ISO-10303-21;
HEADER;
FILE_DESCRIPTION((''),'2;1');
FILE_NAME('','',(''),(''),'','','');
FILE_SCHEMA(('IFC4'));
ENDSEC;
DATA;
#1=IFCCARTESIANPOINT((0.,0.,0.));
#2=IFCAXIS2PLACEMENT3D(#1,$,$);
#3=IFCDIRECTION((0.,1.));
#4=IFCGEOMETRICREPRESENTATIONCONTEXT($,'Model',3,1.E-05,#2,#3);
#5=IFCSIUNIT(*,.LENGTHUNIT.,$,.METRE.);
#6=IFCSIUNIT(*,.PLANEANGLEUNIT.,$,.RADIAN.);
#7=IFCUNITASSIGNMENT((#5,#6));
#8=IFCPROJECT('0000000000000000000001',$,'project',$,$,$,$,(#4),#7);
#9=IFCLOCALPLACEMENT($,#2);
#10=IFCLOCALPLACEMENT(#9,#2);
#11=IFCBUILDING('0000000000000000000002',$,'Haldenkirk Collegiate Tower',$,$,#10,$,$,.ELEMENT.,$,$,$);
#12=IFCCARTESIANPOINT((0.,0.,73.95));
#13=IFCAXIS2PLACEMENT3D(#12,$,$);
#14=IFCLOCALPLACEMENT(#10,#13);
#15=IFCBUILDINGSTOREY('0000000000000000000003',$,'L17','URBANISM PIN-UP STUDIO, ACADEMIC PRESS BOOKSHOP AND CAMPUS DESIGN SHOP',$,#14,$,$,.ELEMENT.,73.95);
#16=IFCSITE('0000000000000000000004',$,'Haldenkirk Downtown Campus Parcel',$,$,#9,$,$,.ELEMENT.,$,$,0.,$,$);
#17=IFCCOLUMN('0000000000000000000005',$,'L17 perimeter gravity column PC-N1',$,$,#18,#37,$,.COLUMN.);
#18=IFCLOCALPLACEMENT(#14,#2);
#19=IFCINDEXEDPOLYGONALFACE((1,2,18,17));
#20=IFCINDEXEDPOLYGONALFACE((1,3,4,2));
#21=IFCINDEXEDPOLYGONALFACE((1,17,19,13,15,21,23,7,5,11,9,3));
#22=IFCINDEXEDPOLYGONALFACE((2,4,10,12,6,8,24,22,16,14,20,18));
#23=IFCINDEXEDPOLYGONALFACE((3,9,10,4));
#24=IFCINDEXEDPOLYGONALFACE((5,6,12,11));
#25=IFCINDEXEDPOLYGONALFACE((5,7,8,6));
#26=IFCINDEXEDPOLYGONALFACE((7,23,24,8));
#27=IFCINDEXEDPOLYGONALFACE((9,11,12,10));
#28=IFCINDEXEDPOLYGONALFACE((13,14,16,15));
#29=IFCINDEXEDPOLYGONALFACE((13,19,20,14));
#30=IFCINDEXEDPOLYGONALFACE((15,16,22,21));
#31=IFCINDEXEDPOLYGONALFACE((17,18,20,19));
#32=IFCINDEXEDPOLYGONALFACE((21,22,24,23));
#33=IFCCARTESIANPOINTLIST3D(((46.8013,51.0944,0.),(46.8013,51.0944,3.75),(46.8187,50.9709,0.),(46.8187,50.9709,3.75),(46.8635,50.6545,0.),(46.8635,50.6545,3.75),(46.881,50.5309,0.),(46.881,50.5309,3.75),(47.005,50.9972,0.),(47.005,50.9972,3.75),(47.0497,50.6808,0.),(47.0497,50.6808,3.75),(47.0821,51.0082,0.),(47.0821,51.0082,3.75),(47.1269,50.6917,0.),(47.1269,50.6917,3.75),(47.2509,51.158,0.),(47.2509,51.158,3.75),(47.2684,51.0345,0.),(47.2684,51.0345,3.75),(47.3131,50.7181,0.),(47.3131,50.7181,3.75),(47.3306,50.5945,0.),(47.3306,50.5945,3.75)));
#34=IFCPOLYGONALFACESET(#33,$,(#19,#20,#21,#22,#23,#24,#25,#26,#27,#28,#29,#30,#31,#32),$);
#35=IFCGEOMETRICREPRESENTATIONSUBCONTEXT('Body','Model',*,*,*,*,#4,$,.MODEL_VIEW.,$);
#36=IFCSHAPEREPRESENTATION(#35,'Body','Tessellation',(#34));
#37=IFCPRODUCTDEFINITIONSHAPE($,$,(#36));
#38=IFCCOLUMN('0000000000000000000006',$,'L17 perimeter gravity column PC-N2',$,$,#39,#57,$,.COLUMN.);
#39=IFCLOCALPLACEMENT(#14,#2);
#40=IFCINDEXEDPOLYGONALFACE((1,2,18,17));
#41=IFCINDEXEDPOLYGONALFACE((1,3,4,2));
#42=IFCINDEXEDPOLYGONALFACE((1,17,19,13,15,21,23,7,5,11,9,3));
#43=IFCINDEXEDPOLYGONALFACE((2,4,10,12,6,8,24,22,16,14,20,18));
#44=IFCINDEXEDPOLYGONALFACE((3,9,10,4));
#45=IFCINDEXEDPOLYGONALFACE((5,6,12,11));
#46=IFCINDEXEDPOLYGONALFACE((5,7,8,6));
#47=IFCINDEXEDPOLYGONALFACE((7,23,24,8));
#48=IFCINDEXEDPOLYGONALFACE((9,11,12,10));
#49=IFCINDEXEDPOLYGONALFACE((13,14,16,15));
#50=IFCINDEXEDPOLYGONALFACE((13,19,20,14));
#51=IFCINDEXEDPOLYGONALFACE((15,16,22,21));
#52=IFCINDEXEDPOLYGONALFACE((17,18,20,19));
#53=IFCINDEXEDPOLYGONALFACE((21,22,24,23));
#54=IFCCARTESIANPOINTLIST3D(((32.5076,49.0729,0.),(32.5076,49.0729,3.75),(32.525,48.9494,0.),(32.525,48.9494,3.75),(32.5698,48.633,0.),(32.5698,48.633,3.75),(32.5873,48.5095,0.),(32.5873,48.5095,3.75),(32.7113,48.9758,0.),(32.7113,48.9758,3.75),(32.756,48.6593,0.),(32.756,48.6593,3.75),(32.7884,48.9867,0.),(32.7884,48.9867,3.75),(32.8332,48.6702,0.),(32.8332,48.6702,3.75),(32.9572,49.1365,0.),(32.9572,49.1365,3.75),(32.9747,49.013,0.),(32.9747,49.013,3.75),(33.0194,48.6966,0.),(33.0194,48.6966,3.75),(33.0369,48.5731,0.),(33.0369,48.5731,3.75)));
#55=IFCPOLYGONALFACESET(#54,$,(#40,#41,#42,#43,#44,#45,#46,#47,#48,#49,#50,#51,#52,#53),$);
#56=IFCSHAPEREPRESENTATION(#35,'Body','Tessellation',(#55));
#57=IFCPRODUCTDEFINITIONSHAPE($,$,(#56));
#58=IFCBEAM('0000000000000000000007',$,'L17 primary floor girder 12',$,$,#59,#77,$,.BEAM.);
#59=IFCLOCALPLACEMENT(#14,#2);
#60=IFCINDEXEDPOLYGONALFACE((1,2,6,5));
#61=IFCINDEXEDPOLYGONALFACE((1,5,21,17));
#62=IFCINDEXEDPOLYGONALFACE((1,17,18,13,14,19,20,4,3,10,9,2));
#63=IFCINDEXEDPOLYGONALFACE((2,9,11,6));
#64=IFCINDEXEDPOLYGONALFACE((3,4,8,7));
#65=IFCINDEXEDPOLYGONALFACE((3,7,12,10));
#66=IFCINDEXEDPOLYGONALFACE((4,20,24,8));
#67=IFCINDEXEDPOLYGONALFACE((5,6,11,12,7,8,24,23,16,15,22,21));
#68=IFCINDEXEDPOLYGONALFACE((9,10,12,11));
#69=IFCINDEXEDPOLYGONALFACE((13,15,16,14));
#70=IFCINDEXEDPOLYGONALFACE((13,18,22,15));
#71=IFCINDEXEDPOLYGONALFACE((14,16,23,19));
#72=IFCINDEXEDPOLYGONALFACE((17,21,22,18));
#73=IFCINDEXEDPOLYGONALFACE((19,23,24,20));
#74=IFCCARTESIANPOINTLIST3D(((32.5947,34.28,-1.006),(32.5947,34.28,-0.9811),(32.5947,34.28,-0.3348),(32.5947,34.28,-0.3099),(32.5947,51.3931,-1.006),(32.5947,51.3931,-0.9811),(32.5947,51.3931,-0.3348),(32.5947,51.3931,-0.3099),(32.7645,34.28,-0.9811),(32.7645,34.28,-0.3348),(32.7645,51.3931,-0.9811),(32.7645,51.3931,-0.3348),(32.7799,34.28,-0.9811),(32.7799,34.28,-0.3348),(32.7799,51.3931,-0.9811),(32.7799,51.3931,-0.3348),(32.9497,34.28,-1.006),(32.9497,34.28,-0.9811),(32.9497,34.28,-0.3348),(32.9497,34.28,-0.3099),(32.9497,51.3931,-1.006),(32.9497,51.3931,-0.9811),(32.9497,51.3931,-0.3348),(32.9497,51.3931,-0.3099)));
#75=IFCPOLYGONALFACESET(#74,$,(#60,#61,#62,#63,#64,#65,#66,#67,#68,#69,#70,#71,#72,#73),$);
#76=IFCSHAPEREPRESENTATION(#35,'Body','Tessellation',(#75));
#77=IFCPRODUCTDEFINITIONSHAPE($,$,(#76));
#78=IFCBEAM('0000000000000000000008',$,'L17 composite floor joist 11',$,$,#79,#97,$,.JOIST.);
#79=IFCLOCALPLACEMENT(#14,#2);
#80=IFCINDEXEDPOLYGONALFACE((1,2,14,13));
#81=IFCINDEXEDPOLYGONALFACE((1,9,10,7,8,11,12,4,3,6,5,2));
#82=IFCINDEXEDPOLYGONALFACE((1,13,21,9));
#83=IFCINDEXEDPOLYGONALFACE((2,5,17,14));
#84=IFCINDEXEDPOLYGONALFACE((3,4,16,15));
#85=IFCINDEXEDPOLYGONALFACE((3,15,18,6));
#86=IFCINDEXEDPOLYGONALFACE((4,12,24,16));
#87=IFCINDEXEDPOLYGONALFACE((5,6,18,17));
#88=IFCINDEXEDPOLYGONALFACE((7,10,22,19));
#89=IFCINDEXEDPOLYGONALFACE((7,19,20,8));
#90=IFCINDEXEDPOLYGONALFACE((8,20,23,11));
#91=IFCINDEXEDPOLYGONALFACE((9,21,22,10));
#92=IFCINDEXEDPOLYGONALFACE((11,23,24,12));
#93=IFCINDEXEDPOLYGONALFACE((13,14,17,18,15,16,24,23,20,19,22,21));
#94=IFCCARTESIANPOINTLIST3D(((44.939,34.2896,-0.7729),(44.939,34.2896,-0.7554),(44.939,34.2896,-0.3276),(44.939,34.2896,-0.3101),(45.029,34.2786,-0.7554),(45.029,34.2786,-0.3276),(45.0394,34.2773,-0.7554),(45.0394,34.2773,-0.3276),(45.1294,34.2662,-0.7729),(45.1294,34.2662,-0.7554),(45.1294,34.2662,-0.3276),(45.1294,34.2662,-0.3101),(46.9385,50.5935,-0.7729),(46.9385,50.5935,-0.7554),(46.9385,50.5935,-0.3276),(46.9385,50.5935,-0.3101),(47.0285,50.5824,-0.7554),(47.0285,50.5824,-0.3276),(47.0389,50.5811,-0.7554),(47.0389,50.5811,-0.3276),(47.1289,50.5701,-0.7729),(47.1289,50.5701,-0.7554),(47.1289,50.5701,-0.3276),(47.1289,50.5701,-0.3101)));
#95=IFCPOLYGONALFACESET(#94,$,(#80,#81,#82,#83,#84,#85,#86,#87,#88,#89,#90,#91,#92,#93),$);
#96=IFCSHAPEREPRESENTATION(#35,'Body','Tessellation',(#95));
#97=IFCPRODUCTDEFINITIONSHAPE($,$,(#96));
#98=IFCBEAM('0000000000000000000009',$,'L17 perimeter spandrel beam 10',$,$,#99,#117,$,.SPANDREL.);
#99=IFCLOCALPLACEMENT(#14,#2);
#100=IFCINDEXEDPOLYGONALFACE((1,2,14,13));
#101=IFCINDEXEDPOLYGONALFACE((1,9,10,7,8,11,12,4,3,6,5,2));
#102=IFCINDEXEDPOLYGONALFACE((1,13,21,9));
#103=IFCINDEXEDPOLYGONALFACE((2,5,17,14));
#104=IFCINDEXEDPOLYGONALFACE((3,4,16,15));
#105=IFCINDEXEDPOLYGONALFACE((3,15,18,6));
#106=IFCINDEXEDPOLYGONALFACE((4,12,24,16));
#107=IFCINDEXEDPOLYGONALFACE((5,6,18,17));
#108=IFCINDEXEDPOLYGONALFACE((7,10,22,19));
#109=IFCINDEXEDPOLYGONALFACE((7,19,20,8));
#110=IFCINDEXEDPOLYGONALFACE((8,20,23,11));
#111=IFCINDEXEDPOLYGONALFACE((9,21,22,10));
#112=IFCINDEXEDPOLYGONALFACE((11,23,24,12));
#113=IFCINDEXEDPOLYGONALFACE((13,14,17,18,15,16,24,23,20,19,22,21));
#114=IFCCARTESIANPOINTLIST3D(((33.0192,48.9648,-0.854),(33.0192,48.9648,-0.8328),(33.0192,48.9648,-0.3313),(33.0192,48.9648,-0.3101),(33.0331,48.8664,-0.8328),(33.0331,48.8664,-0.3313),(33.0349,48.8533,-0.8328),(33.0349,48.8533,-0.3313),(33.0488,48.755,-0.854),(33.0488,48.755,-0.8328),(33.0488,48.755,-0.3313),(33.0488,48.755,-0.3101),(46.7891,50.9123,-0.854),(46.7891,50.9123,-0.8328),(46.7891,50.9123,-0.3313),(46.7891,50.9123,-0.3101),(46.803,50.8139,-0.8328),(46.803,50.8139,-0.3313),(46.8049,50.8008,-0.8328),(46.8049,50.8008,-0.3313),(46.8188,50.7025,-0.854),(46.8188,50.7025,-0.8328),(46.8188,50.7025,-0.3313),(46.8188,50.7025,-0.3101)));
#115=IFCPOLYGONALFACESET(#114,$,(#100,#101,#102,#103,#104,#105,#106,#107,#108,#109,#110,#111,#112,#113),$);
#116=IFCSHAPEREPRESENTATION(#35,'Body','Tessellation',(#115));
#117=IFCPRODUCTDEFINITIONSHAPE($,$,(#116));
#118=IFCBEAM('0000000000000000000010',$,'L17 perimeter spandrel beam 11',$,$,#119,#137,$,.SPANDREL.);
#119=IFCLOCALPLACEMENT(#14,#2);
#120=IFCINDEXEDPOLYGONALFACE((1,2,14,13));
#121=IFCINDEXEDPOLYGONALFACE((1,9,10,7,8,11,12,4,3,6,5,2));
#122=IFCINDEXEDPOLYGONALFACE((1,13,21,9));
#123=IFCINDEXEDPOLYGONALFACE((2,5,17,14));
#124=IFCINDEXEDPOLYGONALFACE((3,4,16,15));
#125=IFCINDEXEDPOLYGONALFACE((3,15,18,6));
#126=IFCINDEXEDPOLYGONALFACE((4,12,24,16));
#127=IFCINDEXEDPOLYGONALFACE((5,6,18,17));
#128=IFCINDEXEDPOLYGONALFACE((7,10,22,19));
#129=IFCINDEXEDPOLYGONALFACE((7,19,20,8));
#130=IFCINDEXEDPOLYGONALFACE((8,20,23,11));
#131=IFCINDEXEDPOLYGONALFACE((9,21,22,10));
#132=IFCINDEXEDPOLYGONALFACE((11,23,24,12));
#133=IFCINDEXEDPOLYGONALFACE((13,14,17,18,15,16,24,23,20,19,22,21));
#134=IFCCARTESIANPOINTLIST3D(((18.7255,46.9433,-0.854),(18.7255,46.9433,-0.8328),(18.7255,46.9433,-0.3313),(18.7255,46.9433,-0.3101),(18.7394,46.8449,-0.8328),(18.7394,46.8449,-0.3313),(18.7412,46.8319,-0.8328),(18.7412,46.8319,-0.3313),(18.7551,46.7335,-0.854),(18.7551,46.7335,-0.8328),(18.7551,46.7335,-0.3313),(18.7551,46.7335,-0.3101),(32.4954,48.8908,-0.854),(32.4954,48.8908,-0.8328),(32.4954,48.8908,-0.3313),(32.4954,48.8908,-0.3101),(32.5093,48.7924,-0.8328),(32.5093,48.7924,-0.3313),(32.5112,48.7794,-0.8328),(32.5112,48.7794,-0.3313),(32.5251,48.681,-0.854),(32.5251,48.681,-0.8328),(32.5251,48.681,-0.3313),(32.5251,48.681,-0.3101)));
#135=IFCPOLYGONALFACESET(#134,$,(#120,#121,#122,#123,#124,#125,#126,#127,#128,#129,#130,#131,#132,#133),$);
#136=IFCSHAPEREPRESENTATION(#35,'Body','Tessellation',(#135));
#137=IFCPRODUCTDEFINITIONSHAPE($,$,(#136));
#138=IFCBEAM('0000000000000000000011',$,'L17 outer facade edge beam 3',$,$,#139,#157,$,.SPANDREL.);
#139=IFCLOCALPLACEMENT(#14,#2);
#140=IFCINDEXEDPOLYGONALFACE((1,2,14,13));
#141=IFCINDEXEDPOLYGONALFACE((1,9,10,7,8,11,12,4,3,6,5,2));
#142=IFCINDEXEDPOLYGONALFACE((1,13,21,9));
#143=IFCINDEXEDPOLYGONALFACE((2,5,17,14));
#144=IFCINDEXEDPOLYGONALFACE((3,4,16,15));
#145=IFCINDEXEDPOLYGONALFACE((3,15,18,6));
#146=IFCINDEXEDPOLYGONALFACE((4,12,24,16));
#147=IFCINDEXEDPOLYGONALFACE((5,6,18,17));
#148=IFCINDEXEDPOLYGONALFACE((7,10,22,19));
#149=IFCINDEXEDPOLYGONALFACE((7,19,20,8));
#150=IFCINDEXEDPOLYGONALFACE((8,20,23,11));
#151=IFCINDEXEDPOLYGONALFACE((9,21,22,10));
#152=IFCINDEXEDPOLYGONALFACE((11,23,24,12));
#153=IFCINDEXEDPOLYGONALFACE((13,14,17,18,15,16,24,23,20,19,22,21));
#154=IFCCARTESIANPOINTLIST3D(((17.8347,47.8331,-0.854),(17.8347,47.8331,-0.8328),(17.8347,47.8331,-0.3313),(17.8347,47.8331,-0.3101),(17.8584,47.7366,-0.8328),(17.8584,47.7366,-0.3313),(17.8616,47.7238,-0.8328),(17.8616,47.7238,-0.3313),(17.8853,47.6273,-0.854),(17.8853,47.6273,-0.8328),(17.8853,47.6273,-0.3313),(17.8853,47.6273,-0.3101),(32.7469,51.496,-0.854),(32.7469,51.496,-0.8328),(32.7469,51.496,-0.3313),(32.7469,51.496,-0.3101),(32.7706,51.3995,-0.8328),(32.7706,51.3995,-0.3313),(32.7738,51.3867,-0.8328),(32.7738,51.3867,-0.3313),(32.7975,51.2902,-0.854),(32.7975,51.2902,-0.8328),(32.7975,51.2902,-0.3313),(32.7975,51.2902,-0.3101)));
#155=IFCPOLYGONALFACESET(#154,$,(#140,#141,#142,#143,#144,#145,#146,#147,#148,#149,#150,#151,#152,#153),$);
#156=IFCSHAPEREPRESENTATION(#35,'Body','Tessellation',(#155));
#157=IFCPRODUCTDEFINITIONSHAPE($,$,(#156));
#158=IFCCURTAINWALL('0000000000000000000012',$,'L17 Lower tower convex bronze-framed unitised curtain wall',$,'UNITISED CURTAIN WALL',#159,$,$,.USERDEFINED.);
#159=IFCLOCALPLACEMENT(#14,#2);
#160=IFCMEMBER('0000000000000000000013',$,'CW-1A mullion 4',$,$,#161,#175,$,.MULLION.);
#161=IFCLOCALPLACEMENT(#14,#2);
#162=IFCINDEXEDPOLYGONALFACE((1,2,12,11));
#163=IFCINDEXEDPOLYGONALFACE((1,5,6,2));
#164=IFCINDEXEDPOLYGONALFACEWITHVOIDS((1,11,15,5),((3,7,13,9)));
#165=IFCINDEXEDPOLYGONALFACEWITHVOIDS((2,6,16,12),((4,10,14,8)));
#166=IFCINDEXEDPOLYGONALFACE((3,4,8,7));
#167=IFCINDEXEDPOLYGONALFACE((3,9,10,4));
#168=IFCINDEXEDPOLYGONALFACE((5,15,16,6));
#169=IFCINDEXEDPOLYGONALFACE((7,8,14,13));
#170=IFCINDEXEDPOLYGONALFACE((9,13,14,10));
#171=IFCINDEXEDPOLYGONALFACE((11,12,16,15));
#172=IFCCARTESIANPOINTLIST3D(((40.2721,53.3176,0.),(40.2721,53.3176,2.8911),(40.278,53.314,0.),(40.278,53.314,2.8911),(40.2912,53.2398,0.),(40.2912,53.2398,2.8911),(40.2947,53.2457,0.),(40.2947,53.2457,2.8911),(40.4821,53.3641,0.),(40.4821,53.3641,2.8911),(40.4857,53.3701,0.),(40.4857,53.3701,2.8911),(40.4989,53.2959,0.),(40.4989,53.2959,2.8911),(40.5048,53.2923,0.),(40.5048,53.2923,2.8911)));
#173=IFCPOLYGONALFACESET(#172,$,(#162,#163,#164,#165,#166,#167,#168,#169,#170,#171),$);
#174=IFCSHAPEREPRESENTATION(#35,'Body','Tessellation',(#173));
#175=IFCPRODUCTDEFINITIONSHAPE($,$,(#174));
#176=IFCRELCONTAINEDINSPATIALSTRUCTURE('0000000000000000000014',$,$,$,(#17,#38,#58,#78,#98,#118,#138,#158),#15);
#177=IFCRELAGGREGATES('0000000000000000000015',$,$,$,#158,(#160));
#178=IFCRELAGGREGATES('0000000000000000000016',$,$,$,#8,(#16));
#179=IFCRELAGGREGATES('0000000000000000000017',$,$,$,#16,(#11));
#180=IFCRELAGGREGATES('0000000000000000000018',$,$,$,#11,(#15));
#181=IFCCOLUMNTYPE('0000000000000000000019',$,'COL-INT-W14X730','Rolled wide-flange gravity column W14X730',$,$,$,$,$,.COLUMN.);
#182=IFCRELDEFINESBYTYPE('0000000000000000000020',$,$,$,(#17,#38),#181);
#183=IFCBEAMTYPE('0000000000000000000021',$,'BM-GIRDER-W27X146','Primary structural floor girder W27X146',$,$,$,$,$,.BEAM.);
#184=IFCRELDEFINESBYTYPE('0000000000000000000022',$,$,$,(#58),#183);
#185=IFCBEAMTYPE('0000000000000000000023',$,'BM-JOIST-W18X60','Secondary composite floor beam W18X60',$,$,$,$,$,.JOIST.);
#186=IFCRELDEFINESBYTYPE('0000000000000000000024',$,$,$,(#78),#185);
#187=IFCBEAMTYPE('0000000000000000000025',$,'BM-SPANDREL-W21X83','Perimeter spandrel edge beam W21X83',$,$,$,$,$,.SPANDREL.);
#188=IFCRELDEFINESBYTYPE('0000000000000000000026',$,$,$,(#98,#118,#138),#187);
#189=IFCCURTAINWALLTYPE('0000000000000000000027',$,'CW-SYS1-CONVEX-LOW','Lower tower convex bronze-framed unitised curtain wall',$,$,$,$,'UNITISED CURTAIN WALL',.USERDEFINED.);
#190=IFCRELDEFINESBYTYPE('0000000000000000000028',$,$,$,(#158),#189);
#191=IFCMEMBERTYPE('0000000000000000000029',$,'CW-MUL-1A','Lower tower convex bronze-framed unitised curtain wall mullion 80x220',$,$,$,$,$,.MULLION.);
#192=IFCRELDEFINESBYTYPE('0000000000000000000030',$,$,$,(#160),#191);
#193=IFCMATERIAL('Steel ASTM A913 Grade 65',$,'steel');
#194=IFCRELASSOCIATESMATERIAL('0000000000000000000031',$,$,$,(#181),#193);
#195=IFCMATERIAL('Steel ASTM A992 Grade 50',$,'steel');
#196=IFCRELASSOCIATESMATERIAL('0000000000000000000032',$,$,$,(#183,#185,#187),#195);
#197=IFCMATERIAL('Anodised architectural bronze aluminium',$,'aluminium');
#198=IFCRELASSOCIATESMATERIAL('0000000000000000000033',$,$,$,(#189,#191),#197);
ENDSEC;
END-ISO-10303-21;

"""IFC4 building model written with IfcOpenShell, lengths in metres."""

from ifc_helpers import new_model, si_unit, direction, frame, origin, origin_2d, place, context, subcontext, project, spatial, hollow_rectangle, i_section, extrude, material, material_profile, profile_set, type_object, element, aggregate, save


model = new_model("IFC4")

# Units and contexts
model_context = context("Model", 3, precision=1e-05, world=origin(), true_north=direction((0.0, 1.0)))
body_context = subcontext(model_context, "Body", "Model", "MODEL_VIEW")
ifc_project = project(units=[si_unit("LENGTHUNIT", "METRE"), si_unit("PLANEANGLEUNIT", "RADIAN")], contexts=[model_context])

# Site, building, storey
site_placement = place(None, origin())
site = spatial("IfcSite", under=ifc_project, at=site_placement, Name="Haldenkirk Downtown Campus Parcel", CompositionType="ELEMENT", RefElevation=0.0)
building_placement = place(site_placement, origin())
building = spatial("IfcBuilding", under=site, at=building_placement, Name="Haldenkirk Collegiate Tower", CompositionType="ELEMENT")
storey_placement = place(building_placement, frame((0.0, 0.0, 73.95)))
storey = spatial("IfcBuildingStorey", under=building, at=storey_placement, Name="L17", Description="URBANISM PIN-UP STUDIO, ACADEMIC PRESS BOOKSHOP AND CAMPUS DESIGN SHOP", CompositionType="ELEMENT", Elevation=73.95)

# Columns
ifc_material_1 = material(Name="Steel ASTM A913 Grade 65", Category="steel")
ifc_material_profile_1 = material_profile(ifc_material_1, i_section(OverallWidth=0.4541, OverallDepth=0.5691, WebThickness=0.0779, FlangeThickness=0.1248, at=origin_2d()), Name="W14X730")
ifc_profile_set_1 = profile_set([ifc_material_profile_1], Name="Steel ASTM A913 Grade 65")
column_type = type_object("IfcColumnType", Name="COL-INT-W14X730", Description="Rolled wide-flange gravity column W14X730", PredefinedType="COLUMN", material=ifc_profile_set_1)
for number, where, z_axis, x_axis, name in (
    (1, (47.0659, 50.8445, 0.0), (0.0, 0.0, 1.0), (0.990146, 0.140037, 0.0), "L17 perimeter gravity column PC-N1"),
    (2, (32.7722, 48.823, 0.0), (0.0, 0.0, 1.0), (0.990146, 0.140037, 0.0), "L17 perimeter gravity column PC-N2"),
):
    element("IfcColumn", number, at=place(storey_placement, frame(where, z_axis=z_axis, x_axis=x_axis)), inside=storey, type_object=column_type, Name=name, PredefinedType="COLUMN", context=body_context, shape_type="SweptSolid", body=[
        extrude(i_section(OverallWidth=0.4541, OverallDepth=0.5691, WebThickness=0.0779, FlangeThickness=0.1248, at=origin_2d()), origin(), (0.0, 0.0, 1.0), 3.75),
    ])

# Beams
ifc_material_2 = material(Name="Steel ASTM A992 Grade 50", Category="steel")
ifc_material_profile_2 = material_profile(ifc_material_2, i_section(OverallWidth=0.355, OverallDepth=0.696, WebThickness=0.0154, FlangeThickness=0.0249, at=origin_2d()), Name="W27X146")
ifc_profile_set_2 = profile_set([ifc_material_profile_2], Name="Steel ASTM A992 Grade 50")
beam_type_1 = type_object("IfcBeamType", Name="BM-GIRDER-W27X146", Description="Primary structural floor girder W27X146", PredefinedType="BEAM", material=ifc_profile_set_2)
beam_1_placement = place(storey_placement, frame((32.7722, 51.3931, -0.658), z_axis=(0.0, -1.0, 0.0), x_axis=(1.0, 0.0, 0.0)))
element("IfcBeam", 3, at=beam_1_placement, inside=storey, type_object=beam_type_1, Name="L17 primary floor girder 12", PredefinedType="BEAM", context=body_context, shape_type="SweptSolid", body=[
    extrude(i_section(OverallWidth=0.355, OverallDepth=0.696, WebThickness=0.0154, FlangeThickness=0.0249, at=origin_2d()), origin(), (0.0, 0.0, 1.0), 17.113),
])
ifc_material_profile_3 = material_profile(ifc_material_2, i_section(OverallWidth=0.1919, OverallDepth=0.4629, WebThickness=0.0105, FlangeThickness=0.0176, at=origin_2d()), Name="W18X60")
ifc_profile_set_3 = profile_set([ifc_material_profile_3], Name="Steel ASTM A992 Grade 50")
beam_type_2 = type_object("IfcBeamType", Name="BM-JOIST-W18X60", Description="Secondary composite floor beam W18X60", PredefinedType="JOIST", material=ifc_profile_set_3)
beam_2_placement = place(storey_placement, frame((47.0337, 50.5818, -0.5415), z_axis=(-0.121728, -0.992564, 0.0), x_axis=(0.992564, -0.121728, 0.0)))
element("IfcBeam", 4, at=beam_2_placement, inside=storey, type_object=beam_type_2, Name="L17 composite floor joist 11", PredefinedType="JOIST", context=body_context, shape_type="SweptSolid", body=[
    extrude(i_section(OverallWidth=0.1919, OverallDepth=0.4629, WebThickness=0.0105, FlangeThickness=0.0176, at=origin_2d()), origin(), (0.0, 0.0, 1.0), 16.426),
])
ifc_material_profile_4 = material_profile(ifc_material_2, i_section(OverallWidth=0.2119, OverallDepth=0.5439, WebThickness=0.0132, FlangeThickness=0.0212, at=origin_2d()), Name="W21X83")
ifc_profile_set_4 = profile_set([ifc_material_profile_4], Name="Steel ASTM A992 Grade 50")
beam_type_3 = type_object("IfcBeamType", Name="BM-SPANDREL-W21X83", Description="Perimeter spandrel edge beam W21X83", PredefinedType="SPANDREL", material=ifc_profile_set_4)
for number, where, z_axis, x_axis, name in (
    (5, (46.804, 50.8074, -0.582), (-0.990146, -0.140038, 0.0), (0.140038, -0.990146, 0.0), "L17 perimeter spandrel beam 10"),
    (6, (32.5103, 48.7859, -0.582), (-0.990146, -0.140038, 0.0), (0.140038, -0.990146, 0.0), "L17 perimeter spandrel beam 11"),
):
    element("IfcBeam", number, at=place(storey_placement, frame(where, z_axis=z_axis, x_axis=x_axis)), inside=storey, type_object=beam_type_3, Name=name, PredefinedType="SPANDREL", context=body_context, shape_type="SweptSolid", body=[
        extrude(i_section(OverallWidth=0.2119, OverallDepth=0.5439, WebThickness=0.0132, FlangeThickness=0.0212, at=origin_2d()), origin(), (0.0, 0.0, 1.0), 13.907),
    ])
beam_3_placement = place(storey_placement, frame((32.7722, 51.3931, -0.582), z_axis=(-0.971133, -0.238538, 0.0), x_axis=(0.238538, -0.971133, 0.0)))
element("IfcBeam", 7, at=beam_3_placement, inside=storey, type_object=beam_type_3, Name="L17 outer facade edge beam 3", PredefinedType="SPANDREL", context=body_context, shape_type="SweptSolid", body=[
    extrude(i_section(OverallWidth=0.2119, OverallDepth=0.5439, WebThickness=0.0132, FlangeThickness=0.0212, at=origin_2d()), origin(), (0.0, 0.0, 1.0), 15.3555),
])

# Curtain wall, member
ifc_material_3 = material(Name="Anodised architectural bronze aluminium", Category="aluminium")
curtain_wall_type = type_object("IfcCurtainWallType", Name="CW-SYS1-CONVEX-LOW", Description="Lower tower convex bronze-framed unitised curtain wall", ElementType="UNITISED CURTAIN WALL", PredefinedType="USERDEFINED", material=ifc_material_3)
curtain_wall_placement = place(storey_placement, origin())
curtain_wall = element("IfcCurtainWall", 8, at=curtain_wall_placement, inside=storey, type_object=curtain_wall_type, Name="L17 Lower tower convex bronze-framed unitised curtain wall", ObjectType="UNITISED CURTAIN WALL", PredefinedType="USERDEFINED")
ifc_material_profile_5 = material_profile(ifc_material_3, hollow_rectangle(XDim=0.0801, YDim=0.22, WallThickness=0.0049, at=origin_2d()), Name="CW-MUL-1A")
ifc_profile_set_5 = profile_set([ifc_material_profile_5], Name="Anodised architectural bronze aluminium")
member_type_1 = type_object("IfcMemberType", Name="CW-MUL-1A", Description="Lower tower convex bronze-framed unitised curtain wall mullion 80x220", PredefinedType="MULLION", material=ifc_profile_set_5)
member_1_placement = place(storey_placement, frame((40.3884, 53.3049, 0.0), z_axis=(0.0, 0.0, 1.0), x_axis=(-0.238534, 0.971134, 0.0)))
member_1 = element("IfcMember", 9, at=member_1_placement, type_object=member_type_1, Name="CW-1A mullion 4", PredefinedType="MULLION", context=body_context, shape_type="SweptSolid", body=[
    extrude(hollow_rectangle(XDim=0.0801, YDim=0.22, WallThickness=0.0049, at=origin_2d()), origin(), (0.0, 0.0, 1.0), 2.8911),
])

aggregate(curtain_wall, [member_1])

save(model, "model.ifc")
